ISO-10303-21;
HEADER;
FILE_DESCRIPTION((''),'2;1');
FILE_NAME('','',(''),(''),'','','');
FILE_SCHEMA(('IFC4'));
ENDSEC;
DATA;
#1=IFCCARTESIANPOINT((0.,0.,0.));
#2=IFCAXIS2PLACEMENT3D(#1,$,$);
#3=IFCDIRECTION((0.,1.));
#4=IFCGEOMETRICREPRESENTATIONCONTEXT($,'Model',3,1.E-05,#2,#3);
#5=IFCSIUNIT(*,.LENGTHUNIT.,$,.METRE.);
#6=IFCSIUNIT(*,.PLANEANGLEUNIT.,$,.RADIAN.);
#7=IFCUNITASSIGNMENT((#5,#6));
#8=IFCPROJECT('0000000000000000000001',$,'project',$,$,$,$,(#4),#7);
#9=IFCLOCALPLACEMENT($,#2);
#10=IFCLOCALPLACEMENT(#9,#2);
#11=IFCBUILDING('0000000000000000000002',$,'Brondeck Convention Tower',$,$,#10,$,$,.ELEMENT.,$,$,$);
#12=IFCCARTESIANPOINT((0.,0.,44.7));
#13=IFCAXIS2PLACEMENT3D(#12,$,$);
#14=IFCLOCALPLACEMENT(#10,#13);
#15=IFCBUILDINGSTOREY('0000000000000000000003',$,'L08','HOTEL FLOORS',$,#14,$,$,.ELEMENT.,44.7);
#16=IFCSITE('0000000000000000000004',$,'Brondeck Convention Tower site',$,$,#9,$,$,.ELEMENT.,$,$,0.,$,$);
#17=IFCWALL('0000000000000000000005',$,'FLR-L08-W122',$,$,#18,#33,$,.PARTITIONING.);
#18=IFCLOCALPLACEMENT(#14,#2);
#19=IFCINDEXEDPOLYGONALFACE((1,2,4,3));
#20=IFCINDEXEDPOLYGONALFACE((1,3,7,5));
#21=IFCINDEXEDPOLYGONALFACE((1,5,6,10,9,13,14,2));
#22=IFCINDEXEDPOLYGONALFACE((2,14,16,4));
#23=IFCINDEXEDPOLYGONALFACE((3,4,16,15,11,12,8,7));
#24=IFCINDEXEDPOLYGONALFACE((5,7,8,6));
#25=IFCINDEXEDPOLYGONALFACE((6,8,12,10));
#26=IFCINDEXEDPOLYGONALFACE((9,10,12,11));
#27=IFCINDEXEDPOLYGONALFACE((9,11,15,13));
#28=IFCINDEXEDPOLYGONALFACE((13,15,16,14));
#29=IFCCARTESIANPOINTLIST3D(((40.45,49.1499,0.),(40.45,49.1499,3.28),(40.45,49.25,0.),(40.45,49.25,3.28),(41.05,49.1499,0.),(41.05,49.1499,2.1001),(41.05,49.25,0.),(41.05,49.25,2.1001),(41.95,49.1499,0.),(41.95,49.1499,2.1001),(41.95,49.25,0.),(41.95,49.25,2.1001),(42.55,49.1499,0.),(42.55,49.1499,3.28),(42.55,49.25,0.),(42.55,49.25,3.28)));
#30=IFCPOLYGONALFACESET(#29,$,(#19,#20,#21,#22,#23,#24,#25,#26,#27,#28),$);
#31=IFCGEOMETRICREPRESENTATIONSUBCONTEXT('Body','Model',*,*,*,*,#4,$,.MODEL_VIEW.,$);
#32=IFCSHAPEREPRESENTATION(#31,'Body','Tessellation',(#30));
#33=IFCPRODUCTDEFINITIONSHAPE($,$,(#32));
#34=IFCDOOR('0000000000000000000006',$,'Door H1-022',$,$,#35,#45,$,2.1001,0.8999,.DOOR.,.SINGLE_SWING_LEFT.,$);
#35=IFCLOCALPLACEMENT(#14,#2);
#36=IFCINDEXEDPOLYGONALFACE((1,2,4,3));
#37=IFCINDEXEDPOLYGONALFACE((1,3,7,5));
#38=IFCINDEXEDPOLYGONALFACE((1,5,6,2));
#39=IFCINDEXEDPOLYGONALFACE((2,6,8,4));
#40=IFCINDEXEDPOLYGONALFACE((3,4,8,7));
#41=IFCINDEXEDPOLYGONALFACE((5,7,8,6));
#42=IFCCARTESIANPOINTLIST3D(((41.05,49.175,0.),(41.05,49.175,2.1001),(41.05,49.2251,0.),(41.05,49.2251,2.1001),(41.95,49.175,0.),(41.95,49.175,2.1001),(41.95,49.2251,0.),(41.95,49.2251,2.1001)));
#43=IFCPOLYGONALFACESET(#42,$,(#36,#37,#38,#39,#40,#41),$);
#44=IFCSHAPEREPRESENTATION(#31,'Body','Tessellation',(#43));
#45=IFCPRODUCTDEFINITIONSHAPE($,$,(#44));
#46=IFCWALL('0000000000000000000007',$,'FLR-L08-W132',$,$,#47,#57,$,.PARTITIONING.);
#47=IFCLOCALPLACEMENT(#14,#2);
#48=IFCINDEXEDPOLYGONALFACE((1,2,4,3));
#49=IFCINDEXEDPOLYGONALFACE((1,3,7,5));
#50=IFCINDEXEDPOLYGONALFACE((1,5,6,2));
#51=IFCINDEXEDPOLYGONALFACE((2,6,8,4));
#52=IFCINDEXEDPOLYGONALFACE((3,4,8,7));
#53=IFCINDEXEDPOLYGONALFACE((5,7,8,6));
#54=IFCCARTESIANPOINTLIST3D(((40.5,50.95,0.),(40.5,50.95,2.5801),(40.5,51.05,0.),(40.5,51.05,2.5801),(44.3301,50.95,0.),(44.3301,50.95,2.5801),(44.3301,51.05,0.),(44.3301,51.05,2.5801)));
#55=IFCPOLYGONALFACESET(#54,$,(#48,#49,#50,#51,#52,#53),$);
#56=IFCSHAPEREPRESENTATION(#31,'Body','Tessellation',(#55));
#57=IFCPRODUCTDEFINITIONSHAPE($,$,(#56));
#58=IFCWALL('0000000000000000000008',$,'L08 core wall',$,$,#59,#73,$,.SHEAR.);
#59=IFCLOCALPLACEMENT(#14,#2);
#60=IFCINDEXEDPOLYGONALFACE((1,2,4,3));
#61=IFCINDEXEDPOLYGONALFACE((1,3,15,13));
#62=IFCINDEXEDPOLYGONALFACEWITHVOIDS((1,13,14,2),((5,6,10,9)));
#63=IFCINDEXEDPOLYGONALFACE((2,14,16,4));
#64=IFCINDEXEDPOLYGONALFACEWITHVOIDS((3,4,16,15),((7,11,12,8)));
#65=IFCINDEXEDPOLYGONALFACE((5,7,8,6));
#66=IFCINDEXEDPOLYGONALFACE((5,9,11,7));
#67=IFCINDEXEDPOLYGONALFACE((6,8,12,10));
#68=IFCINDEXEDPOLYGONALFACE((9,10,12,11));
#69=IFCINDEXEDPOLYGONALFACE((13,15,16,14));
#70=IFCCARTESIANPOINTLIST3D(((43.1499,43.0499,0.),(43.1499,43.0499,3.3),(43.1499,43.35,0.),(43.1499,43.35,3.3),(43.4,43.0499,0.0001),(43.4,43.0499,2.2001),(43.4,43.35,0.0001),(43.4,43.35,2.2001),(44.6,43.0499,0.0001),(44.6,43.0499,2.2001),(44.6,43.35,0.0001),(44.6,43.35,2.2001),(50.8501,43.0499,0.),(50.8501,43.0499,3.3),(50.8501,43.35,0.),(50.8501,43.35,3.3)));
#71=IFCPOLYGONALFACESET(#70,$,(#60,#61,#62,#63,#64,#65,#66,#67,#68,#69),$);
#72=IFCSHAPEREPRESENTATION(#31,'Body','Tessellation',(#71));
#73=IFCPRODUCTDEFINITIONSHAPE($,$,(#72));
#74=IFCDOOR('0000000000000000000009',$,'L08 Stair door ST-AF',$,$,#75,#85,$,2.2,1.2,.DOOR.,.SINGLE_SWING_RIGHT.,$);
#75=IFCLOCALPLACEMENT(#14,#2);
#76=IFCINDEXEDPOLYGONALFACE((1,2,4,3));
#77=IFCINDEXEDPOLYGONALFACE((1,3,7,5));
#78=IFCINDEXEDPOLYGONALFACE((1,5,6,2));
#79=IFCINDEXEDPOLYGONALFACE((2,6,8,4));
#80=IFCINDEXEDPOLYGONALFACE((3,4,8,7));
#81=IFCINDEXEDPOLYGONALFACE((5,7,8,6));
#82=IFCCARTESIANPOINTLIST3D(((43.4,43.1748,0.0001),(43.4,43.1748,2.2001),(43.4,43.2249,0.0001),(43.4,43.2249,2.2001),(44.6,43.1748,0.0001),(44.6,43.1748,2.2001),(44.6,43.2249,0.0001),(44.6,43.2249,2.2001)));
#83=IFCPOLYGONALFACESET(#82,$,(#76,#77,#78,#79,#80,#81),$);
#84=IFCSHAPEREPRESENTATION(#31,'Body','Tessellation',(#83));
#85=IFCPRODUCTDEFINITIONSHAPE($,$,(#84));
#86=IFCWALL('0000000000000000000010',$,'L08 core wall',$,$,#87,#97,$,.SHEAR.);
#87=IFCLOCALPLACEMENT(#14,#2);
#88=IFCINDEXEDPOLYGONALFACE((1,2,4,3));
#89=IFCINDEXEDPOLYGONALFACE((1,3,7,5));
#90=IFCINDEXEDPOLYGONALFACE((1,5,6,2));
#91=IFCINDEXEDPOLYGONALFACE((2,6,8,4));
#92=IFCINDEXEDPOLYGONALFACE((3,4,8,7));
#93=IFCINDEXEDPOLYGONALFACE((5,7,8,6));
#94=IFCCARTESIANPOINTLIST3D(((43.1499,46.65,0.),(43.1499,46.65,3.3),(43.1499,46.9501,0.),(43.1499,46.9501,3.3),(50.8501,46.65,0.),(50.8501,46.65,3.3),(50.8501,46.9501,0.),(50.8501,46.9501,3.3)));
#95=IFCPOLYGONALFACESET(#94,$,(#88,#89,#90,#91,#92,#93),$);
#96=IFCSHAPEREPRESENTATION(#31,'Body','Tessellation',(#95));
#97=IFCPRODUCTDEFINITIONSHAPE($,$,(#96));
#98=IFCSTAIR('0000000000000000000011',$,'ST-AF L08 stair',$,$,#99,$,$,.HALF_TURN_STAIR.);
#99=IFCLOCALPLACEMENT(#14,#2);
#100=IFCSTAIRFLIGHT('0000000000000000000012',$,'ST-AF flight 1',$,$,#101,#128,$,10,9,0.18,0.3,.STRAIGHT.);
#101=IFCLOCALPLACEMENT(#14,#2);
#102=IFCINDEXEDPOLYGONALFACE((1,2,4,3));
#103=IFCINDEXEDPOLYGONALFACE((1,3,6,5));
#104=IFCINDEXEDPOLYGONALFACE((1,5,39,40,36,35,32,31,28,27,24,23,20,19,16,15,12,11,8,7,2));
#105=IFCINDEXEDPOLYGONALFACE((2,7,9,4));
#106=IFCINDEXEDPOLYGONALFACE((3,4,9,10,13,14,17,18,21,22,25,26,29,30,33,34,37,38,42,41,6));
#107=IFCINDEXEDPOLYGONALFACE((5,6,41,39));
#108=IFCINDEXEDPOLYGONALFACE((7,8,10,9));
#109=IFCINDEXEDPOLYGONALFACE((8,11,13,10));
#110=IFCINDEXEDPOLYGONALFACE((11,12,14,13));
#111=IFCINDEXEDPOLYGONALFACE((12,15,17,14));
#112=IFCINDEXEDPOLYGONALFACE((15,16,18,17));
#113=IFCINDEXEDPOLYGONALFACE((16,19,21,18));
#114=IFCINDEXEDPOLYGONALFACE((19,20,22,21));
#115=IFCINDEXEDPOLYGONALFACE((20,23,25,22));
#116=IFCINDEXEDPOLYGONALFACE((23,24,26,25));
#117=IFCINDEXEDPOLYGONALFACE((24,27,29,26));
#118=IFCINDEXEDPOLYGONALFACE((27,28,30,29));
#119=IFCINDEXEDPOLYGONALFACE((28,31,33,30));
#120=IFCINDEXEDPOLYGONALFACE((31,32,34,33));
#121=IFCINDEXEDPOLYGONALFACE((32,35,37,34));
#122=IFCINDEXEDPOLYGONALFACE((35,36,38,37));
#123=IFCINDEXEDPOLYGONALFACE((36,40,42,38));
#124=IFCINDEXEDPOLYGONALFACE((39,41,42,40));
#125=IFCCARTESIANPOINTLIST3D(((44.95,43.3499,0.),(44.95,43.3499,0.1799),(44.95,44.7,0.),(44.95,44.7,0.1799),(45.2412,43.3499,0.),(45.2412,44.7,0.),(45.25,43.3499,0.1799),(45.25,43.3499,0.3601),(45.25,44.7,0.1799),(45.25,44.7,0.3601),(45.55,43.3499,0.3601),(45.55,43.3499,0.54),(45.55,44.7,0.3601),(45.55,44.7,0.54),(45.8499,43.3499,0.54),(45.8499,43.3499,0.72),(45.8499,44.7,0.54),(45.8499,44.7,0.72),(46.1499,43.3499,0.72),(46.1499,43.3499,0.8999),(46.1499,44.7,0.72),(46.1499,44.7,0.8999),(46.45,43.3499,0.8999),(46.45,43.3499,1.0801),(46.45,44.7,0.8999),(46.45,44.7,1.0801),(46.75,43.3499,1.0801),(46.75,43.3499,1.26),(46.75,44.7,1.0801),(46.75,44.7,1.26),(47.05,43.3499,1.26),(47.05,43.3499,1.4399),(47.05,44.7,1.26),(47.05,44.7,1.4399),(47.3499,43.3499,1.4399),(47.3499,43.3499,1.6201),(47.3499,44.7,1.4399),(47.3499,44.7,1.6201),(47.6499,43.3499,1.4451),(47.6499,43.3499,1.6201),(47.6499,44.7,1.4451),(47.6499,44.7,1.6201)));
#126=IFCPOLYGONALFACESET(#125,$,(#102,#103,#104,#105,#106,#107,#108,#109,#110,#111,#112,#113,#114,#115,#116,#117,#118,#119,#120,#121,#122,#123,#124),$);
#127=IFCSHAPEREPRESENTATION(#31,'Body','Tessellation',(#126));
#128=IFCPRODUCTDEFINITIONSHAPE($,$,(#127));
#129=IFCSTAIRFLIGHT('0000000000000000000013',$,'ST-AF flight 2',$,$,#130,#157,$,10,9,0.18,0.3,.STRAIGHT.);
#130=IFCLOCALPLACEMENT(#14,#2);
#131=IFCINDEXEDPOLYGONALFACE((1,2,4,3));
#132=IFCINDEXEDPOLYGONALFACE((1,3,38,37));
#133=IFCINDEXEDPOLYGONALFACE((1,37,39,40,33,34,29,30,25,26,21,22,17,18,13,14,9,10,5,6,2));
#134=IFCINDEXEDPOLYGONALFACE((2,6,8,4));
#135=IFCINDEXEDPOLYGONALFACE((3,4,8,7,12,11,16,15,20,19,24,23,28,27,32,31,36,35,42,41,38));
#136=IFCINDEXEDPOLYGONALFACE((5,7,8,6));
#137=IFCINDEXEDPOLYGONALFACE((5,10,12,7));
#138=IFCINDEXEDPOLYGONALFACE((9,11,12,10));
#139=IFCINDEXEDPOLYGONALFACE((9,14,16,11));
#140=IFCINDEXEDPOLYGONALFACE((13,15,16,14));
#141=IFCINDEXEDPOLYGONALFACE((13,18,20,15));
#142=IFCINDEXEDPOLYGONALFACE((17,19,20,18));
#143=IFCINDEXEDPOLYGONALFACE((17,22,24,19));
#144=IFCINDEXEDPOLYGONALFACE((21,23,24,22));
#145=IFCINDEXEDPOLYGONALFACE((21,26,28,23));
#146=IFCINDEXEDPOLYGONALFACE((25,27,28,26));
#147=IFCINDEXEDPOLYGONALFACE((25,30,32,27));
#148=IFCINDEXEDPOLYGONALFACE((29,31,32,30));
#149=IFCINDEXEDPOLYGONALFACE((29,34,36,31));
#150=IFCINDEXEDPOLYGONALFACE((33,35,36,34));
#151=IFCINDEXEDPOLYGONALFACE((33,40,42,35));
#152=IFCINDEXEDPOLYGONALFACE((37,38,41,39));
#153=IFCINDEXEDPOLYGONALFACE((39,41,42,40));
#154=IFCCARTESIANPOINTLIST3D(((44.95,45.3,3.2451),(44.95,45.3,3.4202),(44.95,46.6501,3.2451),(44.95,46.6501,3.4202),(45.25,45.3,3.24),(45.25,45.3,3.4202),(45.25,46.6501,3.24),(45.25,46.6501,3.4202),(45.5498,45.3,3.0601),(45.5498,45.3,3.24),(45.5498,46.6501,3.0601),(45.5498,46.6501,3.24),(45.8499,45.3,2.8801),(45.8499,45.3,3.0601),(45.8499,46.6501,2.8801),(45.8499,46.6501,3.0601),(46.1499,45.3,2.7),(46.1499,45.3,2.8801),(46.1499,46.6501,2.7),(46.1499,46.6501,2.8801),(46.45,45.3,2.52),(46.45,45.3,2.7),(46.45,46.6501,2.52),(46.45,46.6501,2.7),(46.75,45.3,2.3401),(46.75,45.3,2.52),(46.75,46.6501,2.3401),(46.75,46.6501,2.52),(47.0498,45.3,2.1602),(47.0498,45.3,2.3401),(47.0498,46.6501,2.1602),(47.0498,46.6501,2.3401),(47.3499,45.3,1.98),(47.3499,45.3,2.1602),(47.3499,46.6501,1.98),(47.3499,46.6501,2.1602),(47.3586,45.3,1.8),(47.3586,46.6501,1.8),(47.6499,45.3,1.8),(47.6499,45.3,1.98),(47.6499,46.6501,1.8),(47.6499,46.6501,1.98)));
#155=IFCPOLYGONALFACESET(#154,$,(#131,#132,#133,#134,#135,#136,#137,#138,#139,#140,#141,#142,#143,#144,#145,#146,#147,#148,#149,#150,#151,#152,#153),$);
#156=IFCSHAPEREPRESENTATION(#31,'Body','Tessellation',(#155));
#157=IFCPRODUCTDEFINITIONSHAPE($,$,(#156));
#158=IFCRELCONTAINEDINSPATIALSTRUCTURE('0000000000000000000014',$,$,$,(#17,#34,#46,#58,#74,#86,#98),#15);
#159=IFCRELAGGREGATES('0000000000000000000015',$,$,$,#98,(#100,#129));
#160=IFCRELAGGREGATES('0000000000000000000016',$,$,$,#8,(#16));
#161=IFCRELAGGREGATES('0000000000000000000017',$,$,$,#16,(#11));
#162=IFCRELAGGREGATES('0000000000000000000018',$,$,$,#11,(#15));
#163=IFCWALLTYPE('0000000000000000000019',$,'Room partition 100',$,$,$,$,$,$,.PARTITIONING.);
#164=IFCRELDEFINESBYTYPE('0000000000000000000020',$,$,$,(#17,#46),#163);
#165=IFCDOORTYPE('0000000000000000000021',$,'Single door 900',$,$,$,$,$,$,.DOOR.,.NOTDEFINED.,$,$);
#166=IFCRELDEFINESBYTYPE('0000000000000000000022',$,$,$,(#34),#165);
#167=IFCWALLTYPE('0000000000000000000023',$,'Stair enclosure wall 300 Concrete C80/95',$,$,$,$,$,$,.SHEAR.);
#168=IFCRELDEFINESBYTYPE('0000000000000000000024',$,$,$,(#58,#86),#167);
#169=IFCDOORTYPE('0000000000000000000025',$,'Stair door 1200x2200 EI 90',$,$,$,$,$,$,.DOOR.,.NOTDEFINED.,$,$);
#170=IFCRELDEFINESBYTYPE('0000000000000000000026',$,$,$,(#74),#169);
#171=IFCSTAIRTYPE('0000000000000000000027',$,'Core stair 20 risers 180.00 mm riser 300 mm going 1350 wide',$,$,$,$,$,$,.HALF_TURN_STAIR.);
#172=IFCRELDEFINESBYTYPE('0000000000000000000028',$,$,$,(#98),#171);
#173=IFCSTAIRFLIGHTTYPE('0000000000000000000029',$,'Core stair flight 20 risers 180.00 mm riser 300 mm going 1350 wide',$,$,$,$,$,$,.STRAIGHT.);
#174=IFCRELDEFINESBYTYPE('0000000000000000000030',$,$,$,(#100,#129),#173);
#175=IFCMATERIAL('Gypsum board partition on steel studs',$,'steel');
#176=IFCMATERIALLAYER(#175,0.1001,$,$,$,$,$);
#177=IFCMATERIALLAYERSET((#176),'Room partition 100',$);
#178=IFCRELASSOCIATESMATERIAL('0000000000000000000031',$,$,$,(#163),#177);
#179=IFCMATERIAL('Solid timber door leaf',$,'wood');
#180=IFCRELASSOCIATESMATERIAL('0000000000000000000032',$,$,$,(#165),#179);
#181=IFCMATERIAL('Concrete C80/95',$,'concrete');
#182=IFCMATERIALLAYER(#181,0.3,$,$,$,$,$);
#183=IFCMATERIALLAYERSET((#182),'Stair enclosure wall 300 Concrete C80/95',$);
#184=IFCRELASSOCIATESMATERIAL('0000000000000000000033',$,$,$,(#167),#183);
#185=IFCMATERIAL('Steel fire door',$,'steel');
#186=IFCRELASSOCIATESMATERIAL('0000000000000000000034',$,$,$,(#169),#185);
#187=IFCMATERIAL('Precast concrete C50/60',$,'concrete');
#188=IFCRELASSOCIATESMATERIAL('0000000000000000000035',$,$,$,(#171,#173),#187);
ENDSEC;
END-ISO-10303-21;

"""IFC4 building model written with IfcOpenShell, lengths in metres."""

from ifc_helpers import new_model, si_unit, direction, frame, frame_2d, origin, place, context, subcontext, project, spatial, polyline, rectangle, outline, extrude, material, layer, layer_set, type_object, element, fill, aggregate, save


model = new_model("IFC4")

# Units and contexts
model_context = context("Model", 3, precision=1e-05, world=origin(), true_north=direction((0.0, 1.0)))
body_context = subcontext(model_context, "Body", "Model", "MODEL_VIEW")
ifc_project = project(units=[si_unit("LENGTHUNIT", "METRE"), si_unit("PLANEANGLEUNIT", "RADIAN")], contexts=[model_context])

# Site, building, storey
site_placement = place(None, origin())
site = spatial("IfcSite", under=ifc_project, at=site_placement, Name="Brondeck Convention Tower site", CompositionType="ELEMENT", RefElevation=0.0)
building_placement = place(site_placement, origin())
building = spatial("IfcBuilding", under=site, at=building_placement, Name="Brondeck Convention Tower", CompositionType="ELEMENT")
storey_placement = place(building_placement, frame((0.0, 0.0, 44.7)))
storey = spatial("IfcBuildingStorey", under=building, at=storey_placement, Name="L08", Description="HOTEL FLOORS", CompositionType="ELEMENT", Elevation=44.7)

# Shared definitions
ifc_material_1 = material(Name="Concrete C80/95", Category="concrete")

# Wall, opening, door
ifc_material_2 = material(Name="Gypsum board partition on steel studs", Category="steel")
ifc_layer_1 = layer(ifc_material_2, 0.1001)
ifc_layer_set_1 = layer_set([ifc_layer_1], Name="Room partition 100")
wall_type_1 = type_object("IfcWallType", Name="Room partition 100", PredefinedType="PARTITIONING", material=ifc_layer_set_1)
wall_1_placement = place(storey_placement, frame((42.55, 49.2, 0.0), z_axis=(0.0, 0.0, 1.0), x_axis=(-1.0, 0.0, 0.0)))
wall_1 = element("IfcWall", 1, at=wall_1_placement, inside=storey, type_object=wall_type_1, Name="FLR-L08-W122", PredefinedType="PARTITIONING", context=body_context, shape_type="SweptSolid", body=[
    extrude(rectangle(XDim=2.1001, YDim=0.1001, at=frame_2d((1.05, 0.0))), origin(), (0.0, 0.0, 1.0), 3.28),
])
opening_1_placement = place(wall_1_placement, frame((0.6001, 0.0, 0.0)))
opening_1 = element("IfcOpeningElement", 2, at=opening_1_placement, cuts=wall_1, PredefinedType="OPENING", context=body_context, shape_type="SweptSolid", body=[
    extrude(rectangle(XDim=0.8999, YDim=2.1001, at=frame_2d((0.45, 1.05))), frame((0.0, 0.0601, 0.0), z_axis=(0.0, -1.0, 0.0), x_axis=(1.0, 0.0, 0.0)), (0.0, 0.0, 1.0), 0.1201),
])
ifc_material_3 = material(Name="Solid timber door leaf", Category="wood")
door_type_1 = type_object("IfcDoorType", Name="Single door 900", OperationType="NOTDEFINED", PredefinedType="DOOR", material=ifc_material_3)
door_1_placement = place(opening_1_placement, origin())
door_1 = element("IfcDoor", 3, at=door_1_placement, inside=storey, type_object=door_type_1, Name="Door H1-022", OperationType="SINGLE_SWING_LEFT", OverallHeight=2.1001, OverallWidth=0.8999, PredefinedType="DOOR", context=body_context, shape_type="SweptSolid", body=[
    extrude(rectangle(XDim=0.8999, YDim=2.1001, at=frame_2d((0.45, 1.05))), frame((0.0, 0.0249, 0.0), z_axis=(0.0, -1.0, 0.0), x_axis=(1.0, 0.0, 0.0)), (0.0, 0.0, 1.0), 0.05),
])
fill(opening_1, door_1)

# Wall
wall_2_placement = place(storey_placement, frame((44.3301, 51.0, 0.0), z_axis=(0.0, 0.0, 1.0), x_axis=(-1.0, 0.0, 0.0)))
element("IfcWall", 4, at=wall_2_placement, inside=storey, type_object=wall_type_1, Name="FLR-L08-W132", PredefinedType="PARTITIONING", context=body_context, shape_type="SweptSolid", body=[
    extrude(rectangle(XDim=3.8301, YDim=0.1001, at=frame_2d((1.915, 0.0))), origin(), (0.0, 0.0, 1.0), 2.5801),
])

# Wall, opening, door
ifc_layer_2 = layer(ifc_material_1, 0.3)
ifc_layer_set_2 = layer_set([ifc_layer_2], Name="Stair enclosure wall 300 Concrete C80/95")
wall_type_2 = type_object("IfcWallType", Name="Stair enclosure wall 300 Concrete C80/95", PredefinedType="SHEAR", material=ifc_layer_set_2)
wall_3_placement = place(storey_placement, frame((43.1499, 43.2, 0.0), z_axis=(0.0, 0.0, 1.0), x_axis=(1.0, 0.0, 0.0)))
wall_3 = element("IfcWall", 5, at=wall_3_placement, inside=storey, type_object=wall_type_2, Name="L08 core wall", PredefinedType="SHEAR", context=body_context, shape_type="SweptSolid", body=[
    extrude(rectangle(XDim=7.7002, YDim=0.3, at=frame_2d((3.8501, 0.0))), origin(), (0.0, 0.0, 1.0), 3.3),
])
opening_2_placement = place(wall_3_placement, frame((0.25, 0.0, 0.0)))
opening_2 = element("IfcOpeningElement", 6, at=opening_2_placement, cuts=wall_3, PredefinedType="OPENING", context=body_context, shape_type="SweptSolid", body=[
    extrude(rectangle(XDim=1.2, YDim=2.2, at=frame_2d((0.6001, 1.1001))), frame((0.0, 0.1599, 0.0), z_axis=(0.0, -1.0, 0.0), x_axis=(1.0, 0.0, 0.0)), (0.0, 0.0, 1.0), 0.3201),
])
ifc_material_4 = material(Name="Steel fire door", Category="steel")
door_type_2 = type_object("IfcDoorType", Name="Stair door 1200x2200 EI 90", OperationType="NOTDEFINED", PredefinedType="DOOR", material=ifc_material_4)
door_2_placement = place(opening_2_placement, origin())
door_2 = element("IfcDoor", 7, at=door_2_placement, inside=storey, type_object=door_type_2, Name="L08 Stair door ST-AF", OperationType="SINGLE_SWING_RIGHT", OverallHeight=2.2, OverallWidth=1.2, PredefinedType="DOOR", context=body_context, shape_type="SweptSolid", body=[
    extrude(rectangle(XDim=1.2, YDim=2.2, at=frame_2d((0.6001, 1.1001))), frame((0.0, 0.0249, 0.0), z_axis=(0.0, -1.0, 0.0), x_axis=(1.0, 0.0, 0.0)), (0.0, 0.0, 1.0), 0.05),
])
fill(opening_2, door_2)

# Wall
wall_4_placement = place(storey_placement, frame((43.1499, 46.8, 0.0), z_axis=(0.0, 0.0, 1.0), x_axis=(1.0, 0.0, 0.0)))
element("IfcWall", 8, at=wall_4_placement, inside=storey, type_object=wall_type_2, Name="L08 core wall", PredefinedType="SHEAR", context=body_context, shape_type="SweptSolid", body=[
    extrude(rectangle(XDim=7.7002, YDim=0.3, at=frame_2d((3.8501, 0.0))), origin(), (0.0, 0.0, 1.0), 3.3),
])

# Stair, stair flights
ifc_material_5 = material(Name="Precast concrete C50/60", Category="concrete")
stair_type = type_object("IfcStairType", Name="Core stair 20 risers 180.00 mm riser 300 mm going 1350 wide", PredefinedType="HALF_TURN_STAIR", material=ifc_material_5)
stair_placement = place(storey_placement, origin())
stair = element("IfcStair", 9, at=stair_placement, inside=storey, type_object=stair_type, Name="ST-AF L08 stair", PredefinedType="HALF_TURN_STAIR")
stair_flight_type = type_object("IfcStairFlightType", Name="Core stair flight 20 risers 180.00 mm riser 300 mm going 1350 wide", PredefinedType="STRAIGHT", material=ifc_material_5)
stair_flight_1_placement = place(storey_placement, frame((44.95, 44.0249, 0.0), z_axis=(0.0, 0.0, 1.0), x_axis=(1.0, 0.0, 0.0)))
stair_flight_1 = element("IfcStairFlight", 10, at=stair_flight_1_placement, type_object=stair_flight_type, Name="ST-AF flight 1", NumberOfRisers=10, NumberOfTreads=9, PredefinedType="STRAIGHT", RiserHeight=0.18, TreadLength=0.3, context=body_context, shape_type="SweptSolid", body=[
    extrude(outline(polyline([(0.0, 0.0), (0.0, 0.1799), (0.3, 0.1799), (0.3, 0.3601), (0.6001, 0.3601), (0.6001, 0.54), (0.8999, 0.54), (0.8999, 0.72), (1.2, 0.72), (1.2, 0.8999), (1.5, 0.8999), (1.5, 1.0801), (1.8, 1.0801), (1.8, 1.26), (2.1001, 1.26), (2.1001, 1.4399), (2.3999, 1.4399), (2.3999, 1.6201), (2.7, 1.6201), (2.7, 1.8), (2.7, 1.4451), (0.2913, 0.0), (0.0, 0.0)])), frame((0.0, 0.675, 0.0), z_axis=(0.0, -1.0, 0.0), x_axis=(1.0, 0.0, 0.0)), (0.0, 0.0, 1.0), 1.3501),
])
stair_flight_2_placement = place(storey_placement, frame((47.6499, 45.9751, 1.8), z_axis=(0.0, 0.0, 1.0), x_axis=(-1.0, 0.0, 0.0)))
stair_flight_2 = element("IfcStairFlight", 11, at=stair_flight_2_placement, type_object=stair_flight_type, Name="ST-AF flight 2", NumberOfRisers=10, NumberOfTreads=9, PredefinedType="STRAIGHT", RiserHeight=0.18, TreadLength=0.3, context=body_context, shape_type="SweptSolid", body=[
    extrude(outline(polyline([(0.0, 0.0), (0.0, 0.1799), (0.3, 0.1799), (0.3, 0.3601), (0.6001, 0.3601), (0.6001, 0.54), (0.8999, 0.54), (0.8999, 0.72), (1.2, 0.72), (1.2, 0.8999), (1.5, 0.8999), (1.5, 1.0801), (1.8, 1.0801), (1.8, 1.26), (2.1001, 1.26), (2.1001, 1.4399), (2.3999, 1.4399), (2.3999, 1.6201), (2.7, 1.6201), (2.7, 1.8), (2.7, 1.4451), (0.2913, 0.0), (0.0, 0.0)])), frame((0.0, 0.675, 0.0), z_axis=(0.0, -1.0, 0.0), x_axis=(1.0, 0.0, 0.0)), (0.0, 0.0, 1.0), 1.3501),
])
aggregate(stair, [stair_flight_1, stair_flight_2])

save(model, "model.ifc")
